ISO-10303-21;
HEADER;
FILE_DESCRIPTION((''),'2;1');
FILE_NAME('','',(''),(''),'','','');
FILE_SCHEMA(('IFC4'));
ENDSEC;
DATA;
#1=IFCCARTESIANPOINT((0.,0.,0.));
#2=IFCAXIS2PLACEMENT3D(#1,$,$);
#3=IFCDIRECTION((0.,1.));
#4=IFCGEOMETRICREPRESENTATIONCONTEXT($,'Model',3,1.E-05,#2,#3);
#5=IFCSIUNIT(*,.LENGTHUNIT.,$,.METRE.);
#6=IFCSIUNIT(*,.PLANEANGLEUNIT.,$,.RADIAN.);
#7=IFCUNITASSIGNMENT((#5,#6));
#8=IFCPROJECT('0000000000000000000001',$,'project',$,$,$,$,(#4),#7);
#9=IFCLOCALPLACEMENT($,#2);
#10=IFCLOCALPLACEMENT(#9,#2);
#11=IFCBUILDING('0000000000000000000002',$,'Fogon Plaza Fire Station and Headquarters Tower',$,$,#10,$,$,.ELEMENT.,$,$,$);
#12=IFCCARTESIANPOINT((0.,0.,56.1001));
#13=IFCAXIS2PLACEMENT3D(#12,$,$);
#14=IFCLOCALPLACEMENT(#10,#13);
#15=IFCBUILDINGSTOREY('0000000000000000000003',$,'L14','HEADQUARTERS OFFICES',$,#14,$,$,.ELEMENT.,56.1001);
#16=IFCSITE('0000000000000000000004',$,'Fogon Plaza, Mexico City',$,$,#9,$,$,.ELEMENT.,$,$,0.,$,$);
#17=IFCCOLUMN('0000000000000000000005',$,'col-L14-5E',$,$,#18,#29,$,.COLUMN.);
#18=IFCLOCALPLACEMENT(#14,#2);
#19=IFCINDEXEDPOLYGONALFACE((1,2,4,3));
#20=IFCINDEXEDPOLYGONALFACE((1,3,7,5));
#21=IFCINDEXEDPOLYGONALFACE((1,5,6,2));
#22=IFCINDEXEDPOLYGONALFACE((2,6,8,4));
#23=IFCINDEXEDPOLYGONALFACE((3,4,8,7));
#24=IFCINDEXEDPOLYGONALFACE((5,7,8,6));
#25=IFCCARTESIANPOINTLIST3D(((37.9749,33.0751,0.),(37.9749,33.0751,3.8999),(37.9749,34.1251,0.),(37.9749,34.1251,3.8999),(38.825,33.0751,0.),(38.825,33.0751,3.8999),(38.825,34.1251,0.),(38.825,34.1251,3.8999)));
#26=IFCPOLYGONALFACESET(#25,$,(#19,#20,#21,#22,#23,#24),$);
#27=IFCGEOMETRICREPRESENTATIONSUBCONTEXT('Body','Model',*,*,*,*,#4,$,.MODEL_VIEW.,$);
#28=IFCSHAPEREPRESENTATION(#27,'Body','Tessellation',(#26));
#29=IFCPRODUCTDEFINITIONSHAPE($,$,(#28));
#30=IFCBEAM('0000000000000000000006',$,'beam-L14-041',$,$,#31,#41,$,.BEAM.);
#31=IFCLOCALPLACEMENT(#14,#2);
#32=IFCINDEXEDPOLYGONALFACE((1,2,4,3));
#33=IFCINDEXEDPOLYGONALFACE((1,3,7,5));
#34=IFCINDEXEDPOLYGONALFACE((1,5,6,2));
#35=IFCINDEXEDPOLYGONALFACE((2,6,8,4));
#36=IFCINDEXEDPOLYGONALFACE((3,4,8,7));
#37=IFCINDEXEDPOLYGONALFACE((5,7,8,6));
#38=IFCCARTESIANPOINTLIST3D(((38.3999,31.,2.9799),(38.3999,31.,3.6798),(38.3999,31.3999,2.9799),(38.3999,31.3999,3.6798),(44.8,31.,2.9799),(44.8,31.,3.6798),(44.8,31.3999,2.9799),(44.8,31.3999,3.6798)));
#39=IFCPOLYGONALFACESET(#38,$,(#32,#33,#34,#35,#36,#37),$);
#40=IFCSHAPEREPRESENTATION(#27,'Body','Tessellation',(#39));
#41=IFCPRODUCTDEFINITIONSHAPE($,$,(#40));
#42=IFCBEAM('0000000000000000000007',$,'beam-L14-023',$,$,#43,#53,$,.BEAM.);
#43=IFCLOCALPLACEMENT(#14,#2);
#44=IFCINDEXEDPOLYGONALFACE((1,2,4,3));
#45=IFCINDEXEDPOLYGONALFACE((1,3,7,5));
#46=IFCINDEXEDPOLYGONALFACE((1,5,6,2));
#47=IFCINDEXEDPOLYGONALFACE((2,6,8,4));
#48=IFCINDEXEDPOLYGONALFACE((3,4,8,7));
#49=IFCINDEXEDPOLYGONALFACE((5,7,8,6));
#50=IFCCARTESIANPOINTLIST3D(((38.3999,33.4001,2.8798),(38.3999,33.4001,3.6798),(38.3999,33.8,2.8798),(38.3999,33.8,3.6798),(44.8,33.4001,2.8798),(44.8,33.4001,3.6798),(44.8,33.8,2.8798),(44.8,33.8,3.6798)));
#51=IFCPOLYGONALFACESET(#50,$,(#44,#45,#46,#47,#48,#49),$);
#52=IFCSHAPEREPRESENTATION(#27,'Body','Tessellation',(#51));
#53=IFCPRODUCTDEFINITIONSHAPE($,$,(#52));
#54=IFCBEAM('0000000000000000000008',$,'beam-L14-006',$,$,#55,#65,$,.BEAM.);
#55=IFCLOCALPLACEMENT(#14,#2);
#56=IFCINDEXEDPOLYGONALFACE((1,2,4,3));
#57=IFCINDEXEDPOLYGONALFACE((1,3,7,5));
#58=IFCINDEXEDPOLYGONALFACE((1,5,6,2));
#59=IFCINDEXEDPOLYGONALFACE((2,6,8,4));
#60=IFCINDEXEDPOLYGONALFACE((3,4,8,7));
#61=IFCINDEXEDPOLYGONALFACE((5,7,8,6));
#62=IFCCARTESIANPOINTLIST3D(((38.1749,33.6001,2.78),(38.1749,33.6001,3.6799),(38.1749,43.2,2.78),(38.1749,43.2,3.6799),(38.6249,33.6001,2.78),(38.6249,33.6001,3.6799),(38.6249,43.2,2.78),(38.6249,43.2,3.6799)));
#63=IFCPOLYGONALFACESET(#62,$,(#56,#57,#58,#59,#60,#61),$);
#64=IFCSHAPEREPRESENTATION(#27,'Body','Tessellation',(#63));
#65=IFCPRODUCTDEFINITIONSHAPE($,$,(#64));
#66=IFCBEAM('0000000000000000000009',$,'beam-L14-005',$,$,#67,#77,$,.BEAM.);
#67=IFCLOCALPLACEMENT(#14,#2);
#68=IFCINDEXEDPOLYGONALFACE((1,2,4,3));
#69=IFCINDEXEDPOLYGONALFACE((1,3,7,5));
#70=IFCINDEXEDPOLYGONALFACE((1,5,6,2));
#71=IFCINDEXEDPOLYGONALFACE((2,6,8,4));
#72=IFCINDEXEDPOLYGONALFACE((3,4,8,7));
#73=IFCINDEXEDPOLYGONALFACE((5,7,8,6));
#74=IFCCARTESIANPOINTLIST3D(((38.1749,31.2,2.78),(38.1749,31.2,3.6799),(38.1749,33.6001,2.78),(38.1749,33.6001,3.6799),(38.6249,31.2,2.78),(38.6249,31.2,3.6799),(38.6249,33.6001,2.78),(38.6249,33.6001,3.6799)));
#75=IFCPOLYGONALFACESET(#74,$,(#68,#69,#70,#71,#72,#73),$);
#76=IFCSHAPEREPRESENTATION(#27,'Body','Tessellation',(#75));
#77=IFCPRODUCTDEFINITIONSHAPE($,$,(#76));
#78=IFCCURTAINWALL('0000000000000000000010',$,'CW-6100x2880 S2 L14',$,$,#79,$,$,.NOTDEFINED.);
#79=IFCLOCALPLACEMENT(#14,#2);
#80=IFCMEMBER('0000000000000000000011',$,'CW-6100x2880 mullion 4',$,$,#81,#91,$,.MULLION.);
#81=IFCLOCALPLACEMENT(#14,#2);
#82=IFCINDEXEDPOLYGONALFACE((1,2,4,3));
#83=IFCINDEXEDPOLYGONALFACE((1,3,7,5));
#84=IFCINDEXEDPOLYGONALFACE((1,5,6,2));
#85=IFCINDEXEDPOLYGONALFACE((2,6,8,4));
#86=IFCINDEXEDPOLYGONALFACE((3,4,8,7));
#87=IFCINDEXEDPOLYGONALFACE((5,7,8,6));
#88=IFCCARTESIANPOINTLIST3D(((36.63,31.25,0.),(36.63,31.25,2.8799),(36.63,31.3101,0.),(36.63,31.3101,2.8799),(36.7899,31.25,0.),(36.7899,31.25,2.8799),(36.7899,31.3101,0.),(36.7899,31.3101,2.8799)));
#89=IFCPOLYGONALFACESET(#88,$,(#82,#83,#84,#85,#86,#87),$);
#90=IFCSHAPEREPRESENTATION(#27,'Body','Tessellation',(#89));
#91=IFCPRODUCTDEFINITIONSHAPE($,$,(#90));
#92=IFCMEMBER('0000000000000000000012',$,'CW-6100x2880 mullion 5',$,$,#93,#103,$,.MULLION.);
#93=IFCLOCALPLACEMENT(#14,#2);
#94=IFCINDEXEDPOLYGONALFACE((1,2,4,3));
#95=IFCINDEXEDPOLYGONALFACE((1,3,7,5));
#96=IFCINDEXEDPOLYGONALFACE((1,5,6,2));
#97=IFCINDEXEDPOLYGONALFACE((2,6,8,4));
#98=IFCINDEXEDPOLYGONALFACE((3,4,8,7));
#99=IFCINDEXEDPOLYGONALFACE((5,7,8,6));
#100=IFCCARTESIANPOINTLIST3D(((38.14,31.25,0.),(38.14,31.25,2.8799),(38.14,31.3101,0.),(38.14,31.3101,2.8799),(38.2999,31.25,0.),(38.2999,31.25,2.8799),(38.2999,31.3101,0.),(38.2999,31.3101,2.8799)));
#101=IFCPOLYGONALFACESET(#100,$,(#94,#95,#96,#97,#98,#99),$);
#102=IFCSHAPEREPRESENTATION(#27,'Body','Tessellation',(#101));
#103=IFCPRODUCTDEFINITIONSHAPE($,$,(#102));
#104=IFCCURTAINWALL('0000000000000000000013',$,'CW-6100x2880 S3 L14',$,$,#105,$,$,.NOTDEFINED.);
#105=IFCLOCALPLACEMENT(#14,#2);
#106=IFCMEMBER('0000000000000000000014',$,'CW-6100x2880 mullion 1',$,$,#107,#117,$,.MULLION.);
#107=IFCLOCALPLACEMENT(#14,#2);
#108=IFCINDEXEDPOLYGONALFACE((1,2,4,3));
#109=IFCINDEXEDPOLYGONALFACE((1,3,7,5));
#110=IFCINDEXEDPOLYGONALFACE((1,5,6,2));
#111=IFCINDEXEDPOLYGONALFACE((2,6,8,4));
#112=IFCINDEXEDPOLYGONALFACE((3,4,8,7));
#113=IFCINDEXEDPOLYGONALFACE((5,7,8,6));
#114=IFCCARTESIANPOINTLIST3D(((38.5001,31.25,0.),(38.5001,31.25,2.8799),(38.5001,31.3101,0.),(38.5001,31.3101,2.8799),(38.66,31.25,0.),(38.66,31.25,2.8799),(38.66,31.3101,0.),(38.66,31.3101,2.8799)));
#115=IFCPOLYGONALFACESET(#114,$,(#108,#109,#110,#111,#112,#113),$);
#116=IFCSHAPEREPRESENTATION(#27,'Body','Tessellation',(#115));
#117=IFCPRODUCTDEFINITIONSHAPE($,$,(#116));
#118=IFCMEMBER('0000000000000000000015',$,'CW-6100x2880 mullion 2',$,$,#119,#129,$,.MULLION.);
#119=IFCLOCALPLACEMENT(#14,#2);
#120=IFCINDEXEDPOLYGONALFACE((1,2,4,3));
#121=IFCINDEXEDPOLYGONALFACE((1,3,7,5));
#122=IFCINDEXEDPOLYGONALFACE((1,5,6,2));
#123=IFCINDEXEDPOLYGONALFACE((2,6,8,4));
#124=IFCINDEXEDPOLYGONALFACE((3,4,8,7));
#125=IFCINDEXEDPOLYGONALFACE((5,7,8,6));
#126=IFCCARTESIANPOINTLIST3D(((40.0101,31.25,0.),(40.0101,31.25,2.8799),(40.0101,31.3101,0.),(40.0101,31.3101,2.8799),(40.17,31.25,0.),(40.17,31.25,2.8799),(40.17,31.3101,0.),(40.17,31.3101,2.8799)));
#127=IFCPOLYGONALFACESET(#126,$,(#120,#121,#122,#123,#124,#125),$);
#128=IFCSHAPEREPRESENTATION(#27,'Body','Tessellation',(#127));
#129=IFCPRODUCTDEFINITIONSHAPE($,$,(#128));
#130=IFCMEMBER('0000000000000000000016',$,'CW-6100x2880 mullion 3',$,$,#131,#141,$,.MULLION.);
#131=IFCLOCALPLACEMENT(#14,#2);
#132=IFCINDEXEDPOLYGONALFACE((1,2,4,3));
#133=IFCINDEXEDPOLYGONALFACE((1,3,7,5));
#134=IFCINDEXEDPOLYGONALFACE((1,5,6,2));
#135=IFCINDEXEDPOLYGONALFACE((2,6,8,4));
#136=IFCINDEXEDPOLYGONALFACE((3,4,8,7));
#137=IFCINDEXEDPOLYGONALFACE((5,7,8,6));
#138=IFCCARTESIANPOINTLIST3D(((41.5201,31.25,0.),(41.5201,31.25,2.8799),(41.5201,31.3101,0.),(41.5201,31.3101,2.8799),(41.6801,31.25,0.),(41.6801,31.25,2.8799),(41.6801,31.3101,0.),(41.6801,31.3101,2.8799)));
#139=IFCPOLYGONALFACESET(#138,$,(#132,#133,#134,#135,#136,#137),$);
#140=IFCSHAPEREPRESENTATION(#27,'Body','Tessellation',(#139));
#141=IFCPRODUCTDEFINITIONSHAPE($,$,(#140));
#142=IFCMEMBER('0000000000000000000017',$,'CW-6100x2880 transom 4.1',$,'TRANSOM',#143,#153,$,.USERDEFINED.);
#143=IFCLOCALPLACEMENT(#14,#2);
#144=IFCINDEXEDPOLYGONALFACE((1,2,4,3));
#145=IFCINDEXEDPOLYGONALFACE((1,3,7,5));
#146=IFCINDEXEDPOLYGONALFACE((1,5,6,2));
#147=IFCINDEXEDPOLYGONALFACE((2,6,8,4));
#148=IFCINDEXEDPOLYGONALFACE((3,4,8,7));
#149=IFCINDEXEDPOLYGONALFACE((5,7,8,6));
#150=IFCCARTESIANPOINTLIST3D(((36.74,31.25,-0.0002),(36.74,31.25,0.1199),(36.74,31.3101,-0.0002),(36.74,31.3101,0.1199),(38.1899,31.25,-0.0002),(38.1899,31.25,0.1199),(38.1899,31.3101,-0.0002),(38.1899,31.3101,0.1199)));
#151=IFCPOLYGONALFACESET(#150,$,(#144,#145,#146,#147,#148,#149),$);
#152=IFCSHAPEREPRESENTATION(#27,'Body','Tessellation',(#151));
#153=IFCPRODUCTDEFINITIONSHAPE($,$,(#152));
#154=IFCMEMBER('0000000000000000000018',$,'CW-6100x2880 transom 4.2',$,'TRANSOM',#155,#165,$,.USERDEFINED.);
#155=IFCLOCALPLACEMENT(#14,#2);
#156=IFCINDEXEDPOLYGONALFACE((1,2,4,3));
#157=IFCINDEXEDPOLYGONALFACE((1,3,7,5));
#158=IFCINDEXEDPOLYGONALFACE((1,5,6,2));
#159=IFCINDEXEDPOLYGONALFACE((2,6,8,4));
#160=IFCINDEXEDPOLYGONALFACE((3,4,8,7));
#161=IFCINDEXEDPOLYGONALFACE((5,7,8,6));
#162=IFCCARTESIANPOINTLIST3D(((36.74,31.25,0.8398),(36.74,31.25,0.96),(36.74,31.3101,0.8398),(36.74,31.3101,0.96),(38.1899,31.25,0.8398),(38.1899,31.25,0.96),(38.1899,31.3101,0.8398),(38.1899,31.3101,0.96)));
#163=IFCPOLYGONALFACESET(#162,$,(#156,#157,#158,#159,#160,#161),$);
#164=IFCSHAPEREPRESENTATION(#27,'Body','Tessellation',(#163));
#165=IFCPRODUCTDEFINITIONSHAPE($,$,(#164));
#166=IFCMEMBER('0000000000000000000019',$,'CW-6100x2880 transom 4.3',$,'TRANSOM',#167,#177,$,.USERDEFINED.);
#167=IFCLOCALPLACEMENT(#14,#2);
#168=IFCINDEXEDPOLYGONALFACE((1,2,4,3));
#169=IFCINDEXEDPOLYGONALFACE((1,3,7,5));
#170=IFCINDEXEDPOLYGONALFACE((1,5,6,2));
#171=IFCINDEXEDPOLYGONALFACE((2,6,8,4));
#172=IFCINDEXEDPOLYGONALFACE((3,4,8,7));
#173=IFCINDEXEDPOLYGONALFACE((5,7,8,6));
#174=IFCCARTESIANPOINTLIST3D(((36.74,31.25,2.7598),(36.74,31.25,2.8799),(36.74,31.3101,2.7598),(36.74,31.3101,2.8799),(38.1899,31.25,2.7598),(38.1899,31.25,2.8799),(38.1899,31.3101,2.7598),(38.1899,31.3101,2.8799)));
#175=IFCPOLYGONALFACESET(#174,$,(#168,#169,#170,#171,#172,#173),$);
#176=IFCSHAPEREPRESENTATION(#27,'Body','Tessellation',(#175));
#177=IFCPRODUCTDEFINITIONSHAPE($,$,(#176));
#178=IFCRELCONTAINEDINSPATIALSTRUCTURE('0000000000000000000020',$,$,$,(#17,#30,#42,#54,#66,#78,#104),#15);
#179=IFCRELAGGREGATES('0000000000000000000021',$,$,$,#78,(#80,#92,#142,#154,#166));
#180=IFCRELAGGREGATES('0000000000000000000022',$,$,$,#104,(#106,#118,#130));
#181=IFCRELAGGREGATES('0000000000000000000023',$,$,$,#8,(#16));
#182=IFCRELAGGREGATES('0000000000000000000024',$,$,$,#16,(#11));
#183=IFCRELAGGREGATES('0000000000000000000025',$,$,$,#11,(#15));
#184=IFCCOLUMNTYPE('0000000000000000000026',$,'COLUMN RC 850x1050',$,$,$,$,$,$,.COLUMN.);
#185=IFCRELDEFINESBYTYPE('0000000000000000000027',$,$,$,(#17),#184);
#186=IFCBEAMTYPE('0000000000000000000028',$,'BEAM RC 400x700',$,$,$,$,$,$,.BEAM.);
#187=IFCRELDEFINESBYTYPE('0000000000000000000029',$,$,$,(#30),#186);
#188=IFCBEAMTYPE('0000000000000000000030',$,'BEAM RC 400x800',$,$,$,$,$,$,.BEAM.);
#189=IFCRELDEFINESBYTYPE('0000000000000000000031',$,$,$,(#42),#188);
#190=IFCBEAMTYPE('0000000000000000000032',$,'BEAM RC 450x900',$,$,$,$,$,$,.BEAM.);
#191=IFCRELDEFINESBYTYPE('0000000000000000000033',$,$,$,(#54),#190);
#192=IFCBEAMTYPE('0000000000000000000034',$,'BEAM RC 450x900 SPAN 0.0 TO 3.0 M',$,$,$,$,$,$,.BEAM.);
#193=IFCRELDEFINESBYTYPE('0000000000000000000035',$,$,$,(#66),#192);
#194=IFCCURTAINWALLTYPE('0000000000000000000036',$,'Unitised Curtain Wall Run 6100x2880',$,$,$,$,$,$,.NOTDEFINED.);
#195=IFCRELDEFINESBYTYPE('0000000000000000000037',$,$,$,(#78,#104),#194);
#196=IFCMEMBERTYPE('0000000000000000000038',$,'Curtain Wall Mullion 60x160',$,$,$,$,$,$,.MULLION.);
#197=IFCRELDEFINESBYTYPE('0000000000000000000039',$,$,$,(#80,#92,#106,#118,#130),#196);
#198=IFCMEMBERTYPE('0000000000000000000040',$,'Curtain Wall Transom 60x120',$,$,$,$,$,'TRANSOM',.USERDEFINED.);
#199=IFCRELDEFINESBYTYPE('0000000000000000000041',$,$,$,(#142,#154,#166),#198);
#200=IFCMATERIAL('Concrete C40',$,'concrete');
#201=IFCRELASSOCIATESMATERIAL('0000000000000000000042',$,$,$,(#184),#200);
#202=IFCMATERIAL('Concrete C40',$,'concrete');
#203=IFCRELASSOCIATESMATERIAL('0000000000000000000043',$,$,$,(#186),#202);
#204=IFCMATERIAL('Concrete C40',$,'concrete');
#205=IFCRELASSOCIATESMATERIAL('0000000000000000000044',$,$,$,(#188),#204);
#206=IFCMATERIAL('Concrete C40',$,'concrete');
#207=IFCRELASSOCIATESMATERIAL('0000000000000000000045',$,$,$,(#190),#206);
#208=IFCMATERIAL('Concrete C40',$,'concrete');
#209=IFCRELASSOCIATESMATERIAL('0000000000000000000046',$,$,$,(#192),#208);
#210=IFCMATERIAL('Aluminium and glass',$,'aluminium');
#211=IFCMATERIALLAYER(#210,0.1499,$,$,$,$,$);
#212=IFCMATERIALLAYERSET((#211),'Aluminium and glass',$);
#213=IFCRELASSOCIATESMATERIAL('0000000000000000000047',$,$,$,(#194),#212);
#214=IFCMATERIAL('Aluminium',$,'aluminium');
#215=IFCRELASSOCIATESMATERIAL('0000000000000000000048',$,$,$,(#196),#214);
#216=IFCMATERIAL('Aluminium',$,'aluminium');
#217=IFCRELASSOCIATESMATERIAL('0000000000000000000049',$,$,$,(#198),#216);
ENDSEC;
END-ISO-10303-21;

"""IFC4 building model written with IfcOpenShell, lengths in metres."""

from ifc_helpers import new_model, si_unit, direction, frame, origin, origin_2d, place, context, subcontext, project, spatial, rectangle, extrude, material, layer, layer_set, material_profile, profile_set, type_object, element, aggregate, save


model = new_model("IFC4")

# Units and contexts
model_context = context("Model", 3, precision=1e-05, world=origin(), true_north=direction((0.0, 1.0)))
body_context = subcontext(model_context, "Body", "Model", "MODEL_VIEW")
ifc_project = project(units=[si_unit("LENGTHUNIT", "METRE"), si_unit("PLANEANGLEUNIT", "RADIAN")], contexts=[model_context])

# Site, building, storey
site_placement = place(None, origin())
site = spatial("IfcSite", under=ifc_project, at=site_placement, Name="Fogon Plaza, Mexico City", CompositionType="ELEMENT", RefElevation=0.0)
building_placement = place(site_placement, origin())
building = spatial("IfcBuilding", under=site, at=building_placement, Name="Fogon Plaza Fire Station and Headquarters Tower", CompositionType="ELEMENT")
storey_placement = place(building_placement, frame((0.0, 0.0, 56.1001)))
storey = spatial("IfcBuildingStorey", under=building, at=storey_placement, Name="L14", Description="HEADQUARTERS OFFICES", CompositionType="ELEMENT", Elevation=56.1001)

# Column
ifc_material_1 = material(Name="Concrete C40", Category="concrete")
ifc_material_profile_1 = material_profile(ifc_material_1, rectangle(XDim=0.8501, YDim=1.05, at=origin_2d()), Name="RC 850x1050")
ifc_profile_set_1 = profile_set([ifc_material_profile_1], Name="Concrete C40")
column_type = type_object("IfcColumnType", Name="COLUMN RC 850x1050", PredefinedType="COLUMN", material=ifc_profile_set_1)
column_placement = place(storey_placement, frame((38.3999, 33.6001, 0.0), z_axis=(0.0, 0.0, 1.0), x_axis=(1.0, 0.0, 0.0)))
element("IfcColumn", 1, at=column_placement, inside=storey, type_object=column_type, Name="col-L14-5E", PredefinedType="COLUMN", context=body_context, shape_type="SweptSolid", body=[
    extrude(rectangle(XDim=0.8501, YDim=1.05, at=origin_2d()), origin(), (0.0, 0.0, 1.0), 3.8999),
])

# Beams
ifc_material_2 = material(Name="Concrete C40", Category="concrete")
ifc_material_profile_2 = material_profile(ifc_material_2, rectangle(XDim=0.3999, YDim=0.7, at=origin_2d()), Name="RC 400x700")
ifc_profile_set_2 = profile_set([ifc_material_profile_2], Name="Concrete C40")
beam_type_1 = type_object("IfcBeamType", Name="BEAM RC 400x700", PredefinedType="BEAM", material=ifc_profile_set_2)
beam_1_placement = place(storey_placement, frame((38.3999, 31.2, 3.3298), z_axis=(1.0, 0.0, 0.0), x_axis=(0.0, 1.0, 0.0)))
element("IfcBeam", 2, at=beam_1_placement, inside=storey, type_object=beam_type_1, Name="beam-L14-041", PredefinedType="BEAM", context=body_context, shape_type="SweptSolid", body=[
    extrude(rectangle(XDim=0.3999, YDim=0.7, at=origin_2d()), origin(), (0.0, 0.0, 1.0), 6.4001),
])
ifc_material_3 = material(Name="Concrete C40", Category="concrete")
ifc_material_profile_3 = material_profile(ifc_material_3, rectangle(XDim=0.3999, YDim=0.8, at=origin_2d()), Name="RC 400x800")
ifc_profile_set_3 = profile_set([ifc_material_profile_3], Name="Concrete C40")
beam_type_2 = type_object("IfcBeamType", Name="BEAM RC 400x800", PredefinedType="BEAM", material=ifc_profile_set_3)
beam_2_placement = place(storey_placement, frame((38.3999, 33.6001, 3.2798), z_axis=(1.0, 0.0, 0.0), x_axis=(0.0, 1.0, 0.0)))
element("IfcBeam", 3, at=beam_2_placement, inside=storey, type_object=beam_type_2, Name="beam-L14-023", PredefinedType="BEAM", context=body_context, shape_type="SweptSolid", body=[
    extrude(rectangle(XDim=0.3999, YDim=0.8, at=origin_2d()), origin(), (0.0, 0.0, 1.0), 6.4001),
])
ifc_material_4 = material(Name="Concrete C40", Category="concrete")
ifc_material_profile_4 = material_profile(ifc_material_4, rectangle(XDim=0.45, YDim=0.8999, at=origin_2d()), Name="RC 450x900")
ifc_profile_set_4 = profile_set([ifc_material_profile_4], Name="Concrete C40")
beam_type_3 = type_object("IfcBeamType", Name="BEAM RC 450x900", PredefinedType="BEAM", material=ifc_profile_set_4)
beam_3_placement = place(storey_placement, frame((38.3999, 33.6001, 3.23), z_axis=(0.0, 1.0, 0.0), x_axis=(-1.0, 0.0, 0.0)))
element("IfcBeam", 4, at=beam_3_placement, inside=storey, type_object=beam_type_3, Name="beam-L14-006", PredefinedType="BEAM", context=body_context, shape_type="SweptSolid", body=[
    extrude(rectangle(XDim=0.45, YDim=0.8999, at=origin_2d()), origin(), (0.0, 0.0, 1.0), 9.5999),
])
ifc_material_5 = material(Name="Concrete C40", Category="concrete")
ifc_material_profile_5 = material_profile(ifc_material_5, rectangle(XDim=0.45, YDim=0.8999, at=origin_2d()), Name="RC 450x900")
ifc_profile_set_5 = profile_set([ifc_material_profile_5], Name="Concrete C40")
beam_type_4 = type_object("IfcBeamType", Name="BEAM RC 450x900 SPAN 0.0 TO 3.0 M", PredefinedType="BEAM", material=ifc_profile_set_5)
beam_4_placement = place(storey_placement, frame((38.3999, 31.2, 3.23), z_axis=(0.0, 1.0, 0.0), x_axis=(-1.0, 0.0, 0.0)))
element("IfcBeam", 5, at=beam_4_placement, inside=storey, type_object=beam_type_4, Name="beam-L14-005", PredefinedType="BEAM", context=body_context, shape_type="SweptSolid", body=[
    extrude(rectangle(XDim=0.45, YDim=0.8999, at=origin_2d()), origin(), (0.0, 0.0, 1.0), 2.4001),
])

# Curtain walls, members
ifc_material_6 = material(Name="Aluminium and glass", Category="aluminium")
ifc_layer_1 = layer(ifc_material_6, 0.1499)
ifc_layer_set_1 = layer_set([ifc_layer_1], Name="Aluminium and glass")
curtain_wall_type = type_object("IfcCurtainWallType", Name="Unitised Curtain Wall Run 6100x2880", PredefinedType="NOTDEFINED", material=ifc_layer_set_1)
curtain_wall_1_placement = place(storey_placement, origin())
curtain_wall_1 = element("IfcCurtainWall", 6, at=curtain_wall_1_placement, inside=storey, type_object=curtain_wall_type, Name="CW-6100x2880 S2 L14", PredefinedType="NOTDEFINED")
ifc_material_7 = material(Name="Aluminium", Category="aluminium")
ifc_material_profile_6 = material_profile(ifc_material_7, rectangle(XDim=0.0601, YDim=0.1599, at=origin_2d()), Name="Curtain Wall Mullion 60x160")
ifc_profile_set_6 = profile_set([ifc_material_profile_6], Name="Aluminium")
member_type_1 = type_object("IfcMemberType", Name="Curtain Wall Mullion 60x160", PredefinedType="MULLION", material=ifc_profile_set_6)
member_1_placement = place(storey_placement, frame((36.71, 31.28, 0.0), z_axis=(0.0, 0.0, 1.0), x_axis=(0.0, 1.0, 0.0)))
member_1 = element("IfcMember", 7, at=member_1_placement, type_object=member_type_1, Name="CW-6100x2880 mullion 4", PredefinedType="MULLION", context=body_context, shape_type="SweptSolid", body=[
    extrude(rectangle(XDim=0.0601, YDim=0.1599, at=origin_2d()), origin(), (0.0, 0.0, 1.0), 2.8799),
])
member_2_placement = place(storey_placement, frame((38.22, 31.28, 0.0), z_axis=(0.0, 0.0, 1.0), x_axis=(0.0, 1.0, 0.0)))
member_2 = element("IfcMember", 8, at=member_2_placement, type_object=member_type_1, Name="CW-6100x2880 mullion 5", PredefinedType="MULLION", context=body_context, shape_type="SweptSolid", body=[
    extrude(rectangle(XDim=0.0601, YDim=0.1599, at=origin_2d()), origin(), (0.0, 0.0, 1.0), 2.8799),
])
curtain_wall_2_placement = place(storey_placement, origin())
curtain_wall_2 = element("IfcCurtainWall", 9, at=curtain_wall_2_placement, inside=storey, type_object=curtain_wall_type, Name="CW-6100x2880 S3 L14", PredefinedType="NOTDEFINED")
member_3_placement = place(storey_placement, frame((38.5801, 31.28, 0.0), z_axis=(0.0, 0.0, 1.0), x_axis=(0.0, 1.0, 0.0)))
member_3 = element("IfcMember", 10, at=member_3_placement, type_object=member_type_1, Name="CW-6100x2880 mullion 1", PredefinedType="MULLION", context=body_context, shape_type="SweptSolid", body=[
    extrude(rectangle(XDim=0.0601, YDim=0.1599, at=origin_2d()), origin(), (0.0, 0.0, 1.0), 2.8799),
])
member_4_placement = place(storey_placement, frame((40.0901, 31.28, 0.0), z_axis=(0.0, 0.0, 1.0), x_axis=(0.0, 1.0, 0.0)))
member_4 = element("IfcMember", 11, at=member_4_placement, type_object=member_type_1, Name="CW-6100x2880 mullion 2", PredefinedType="MULLION", context=body_context, shape_type="SweptSolid", body=[
    extrude(rectangle(XDim=0.0601, YDim=0.1599, at=origin_2d()), origin(), (0.0, 0.0, 1.0), 2.8799),
])
member_5_placement = place(storey_placement, frame((41.6001, 31.28, 0.0), z_axis=(0.0, 0.0, 1.0), x_axis=(0.0, 1.0, 0.0)))
member_5 = element("IfcMember", 12, at=member_5_placement, type_object=member_type_1, Name="CW-6100x2880 mullion 3", PredefinedType="MULLION", context=body_context, shape_type="SweptSolid", body=[
    extrude(rectangle(XDim=0.0601, YDim=0.1599, at=origin_2d()), origin(), (0.0, 0.0, 1.0), 2.8799),
])

# Members
ifc_material_8 = material(Name="Aluminium", Category="aluminium")
ifc_material_profile_7 = material_profile(ifc_material_8, rectangle(XDim=0.0601, YDim=0.1201, at=origin_2d()), Name="Curtain Wall Transom 60x120")
ifc_profile_set_7 = profile_set([ifc_material_profile_7], Name="Aluminium")
member_type_2 = type_object("IfcMemberType", Name="Curtain Wall Transom 60x120", ElementType="TRANSOM", PredefinedType="USERDEFINED", material=ifc_profile_set_7)
member_6_placement = place(storey_placement, frame((36.74, 31.28, 0.0598), z_axis=(1.0, 0.0, 0.0), x_axis=(0.0, 1.0, 0.0)))
member_6 = element("IfcMember", 13, at=member_6_placement, type_object=member_type_2, Name="CW-6100x2880 transom 4.1", ObjectType="TRANSOM", PredefinedType="USERDEFINED", context=body_context, shape_type="SweptSolid", body=[
    extrude(rectangle(XDim=0.0601, YDim=0.1201, at=origin_2d()), origin(), (0.0, 0.0, 1.0), 1.45),
])
member_7_placement = place(storey_placement, frame((36.74, 31.28, 0.8999), z_axis=(1.0, 0.0, 0.0), x_axis=(0.0, 1.0, 0.0)))
member_7 = element("IfcMember", 14, at=member_7_placement, type_object=member_type_2, Name="CW-6100x2880 transom 4.2", ObjectType="TRANSOM", PredefinedType="USERDEFINED", context=body_context, shape_type="SweptSolid", body=[
    extrude(rectangle(XDim=0.0601, YDim=0.1201, at=origin_2d()), origin(), (0.0, 0.0, 1.0), 1.45),
])
member_8_placement = place(storey_placement, frame((36.74, 31.28, 2.8198), z_axis=(1.0, 0.0, 0.0), x_axis=(0.0, 1.0, 0.0)))
member_8 = element("IfcMember", 15, at=member_8_placement, type_object=member_type_2, Name="CW-6100x2880 transom 4.3", ObjectType="TRANSOM", PredefinedType="USERDEFINED", context=body_context, shape_type="SweptSolid", body=[
    extrude(rectangle(XDim=0.0601, YDim=0.1201, at=origin_2d()), origin(), (0.0, 0.0, 1.0), 1.45),
])

aggregate(curtain_wall_1, [member_1, member_2, member_6, member_7, member_8])
aggregate(curtain_wall_2, [member_3, member_4, member_5])

save(model, "model.ifc")
